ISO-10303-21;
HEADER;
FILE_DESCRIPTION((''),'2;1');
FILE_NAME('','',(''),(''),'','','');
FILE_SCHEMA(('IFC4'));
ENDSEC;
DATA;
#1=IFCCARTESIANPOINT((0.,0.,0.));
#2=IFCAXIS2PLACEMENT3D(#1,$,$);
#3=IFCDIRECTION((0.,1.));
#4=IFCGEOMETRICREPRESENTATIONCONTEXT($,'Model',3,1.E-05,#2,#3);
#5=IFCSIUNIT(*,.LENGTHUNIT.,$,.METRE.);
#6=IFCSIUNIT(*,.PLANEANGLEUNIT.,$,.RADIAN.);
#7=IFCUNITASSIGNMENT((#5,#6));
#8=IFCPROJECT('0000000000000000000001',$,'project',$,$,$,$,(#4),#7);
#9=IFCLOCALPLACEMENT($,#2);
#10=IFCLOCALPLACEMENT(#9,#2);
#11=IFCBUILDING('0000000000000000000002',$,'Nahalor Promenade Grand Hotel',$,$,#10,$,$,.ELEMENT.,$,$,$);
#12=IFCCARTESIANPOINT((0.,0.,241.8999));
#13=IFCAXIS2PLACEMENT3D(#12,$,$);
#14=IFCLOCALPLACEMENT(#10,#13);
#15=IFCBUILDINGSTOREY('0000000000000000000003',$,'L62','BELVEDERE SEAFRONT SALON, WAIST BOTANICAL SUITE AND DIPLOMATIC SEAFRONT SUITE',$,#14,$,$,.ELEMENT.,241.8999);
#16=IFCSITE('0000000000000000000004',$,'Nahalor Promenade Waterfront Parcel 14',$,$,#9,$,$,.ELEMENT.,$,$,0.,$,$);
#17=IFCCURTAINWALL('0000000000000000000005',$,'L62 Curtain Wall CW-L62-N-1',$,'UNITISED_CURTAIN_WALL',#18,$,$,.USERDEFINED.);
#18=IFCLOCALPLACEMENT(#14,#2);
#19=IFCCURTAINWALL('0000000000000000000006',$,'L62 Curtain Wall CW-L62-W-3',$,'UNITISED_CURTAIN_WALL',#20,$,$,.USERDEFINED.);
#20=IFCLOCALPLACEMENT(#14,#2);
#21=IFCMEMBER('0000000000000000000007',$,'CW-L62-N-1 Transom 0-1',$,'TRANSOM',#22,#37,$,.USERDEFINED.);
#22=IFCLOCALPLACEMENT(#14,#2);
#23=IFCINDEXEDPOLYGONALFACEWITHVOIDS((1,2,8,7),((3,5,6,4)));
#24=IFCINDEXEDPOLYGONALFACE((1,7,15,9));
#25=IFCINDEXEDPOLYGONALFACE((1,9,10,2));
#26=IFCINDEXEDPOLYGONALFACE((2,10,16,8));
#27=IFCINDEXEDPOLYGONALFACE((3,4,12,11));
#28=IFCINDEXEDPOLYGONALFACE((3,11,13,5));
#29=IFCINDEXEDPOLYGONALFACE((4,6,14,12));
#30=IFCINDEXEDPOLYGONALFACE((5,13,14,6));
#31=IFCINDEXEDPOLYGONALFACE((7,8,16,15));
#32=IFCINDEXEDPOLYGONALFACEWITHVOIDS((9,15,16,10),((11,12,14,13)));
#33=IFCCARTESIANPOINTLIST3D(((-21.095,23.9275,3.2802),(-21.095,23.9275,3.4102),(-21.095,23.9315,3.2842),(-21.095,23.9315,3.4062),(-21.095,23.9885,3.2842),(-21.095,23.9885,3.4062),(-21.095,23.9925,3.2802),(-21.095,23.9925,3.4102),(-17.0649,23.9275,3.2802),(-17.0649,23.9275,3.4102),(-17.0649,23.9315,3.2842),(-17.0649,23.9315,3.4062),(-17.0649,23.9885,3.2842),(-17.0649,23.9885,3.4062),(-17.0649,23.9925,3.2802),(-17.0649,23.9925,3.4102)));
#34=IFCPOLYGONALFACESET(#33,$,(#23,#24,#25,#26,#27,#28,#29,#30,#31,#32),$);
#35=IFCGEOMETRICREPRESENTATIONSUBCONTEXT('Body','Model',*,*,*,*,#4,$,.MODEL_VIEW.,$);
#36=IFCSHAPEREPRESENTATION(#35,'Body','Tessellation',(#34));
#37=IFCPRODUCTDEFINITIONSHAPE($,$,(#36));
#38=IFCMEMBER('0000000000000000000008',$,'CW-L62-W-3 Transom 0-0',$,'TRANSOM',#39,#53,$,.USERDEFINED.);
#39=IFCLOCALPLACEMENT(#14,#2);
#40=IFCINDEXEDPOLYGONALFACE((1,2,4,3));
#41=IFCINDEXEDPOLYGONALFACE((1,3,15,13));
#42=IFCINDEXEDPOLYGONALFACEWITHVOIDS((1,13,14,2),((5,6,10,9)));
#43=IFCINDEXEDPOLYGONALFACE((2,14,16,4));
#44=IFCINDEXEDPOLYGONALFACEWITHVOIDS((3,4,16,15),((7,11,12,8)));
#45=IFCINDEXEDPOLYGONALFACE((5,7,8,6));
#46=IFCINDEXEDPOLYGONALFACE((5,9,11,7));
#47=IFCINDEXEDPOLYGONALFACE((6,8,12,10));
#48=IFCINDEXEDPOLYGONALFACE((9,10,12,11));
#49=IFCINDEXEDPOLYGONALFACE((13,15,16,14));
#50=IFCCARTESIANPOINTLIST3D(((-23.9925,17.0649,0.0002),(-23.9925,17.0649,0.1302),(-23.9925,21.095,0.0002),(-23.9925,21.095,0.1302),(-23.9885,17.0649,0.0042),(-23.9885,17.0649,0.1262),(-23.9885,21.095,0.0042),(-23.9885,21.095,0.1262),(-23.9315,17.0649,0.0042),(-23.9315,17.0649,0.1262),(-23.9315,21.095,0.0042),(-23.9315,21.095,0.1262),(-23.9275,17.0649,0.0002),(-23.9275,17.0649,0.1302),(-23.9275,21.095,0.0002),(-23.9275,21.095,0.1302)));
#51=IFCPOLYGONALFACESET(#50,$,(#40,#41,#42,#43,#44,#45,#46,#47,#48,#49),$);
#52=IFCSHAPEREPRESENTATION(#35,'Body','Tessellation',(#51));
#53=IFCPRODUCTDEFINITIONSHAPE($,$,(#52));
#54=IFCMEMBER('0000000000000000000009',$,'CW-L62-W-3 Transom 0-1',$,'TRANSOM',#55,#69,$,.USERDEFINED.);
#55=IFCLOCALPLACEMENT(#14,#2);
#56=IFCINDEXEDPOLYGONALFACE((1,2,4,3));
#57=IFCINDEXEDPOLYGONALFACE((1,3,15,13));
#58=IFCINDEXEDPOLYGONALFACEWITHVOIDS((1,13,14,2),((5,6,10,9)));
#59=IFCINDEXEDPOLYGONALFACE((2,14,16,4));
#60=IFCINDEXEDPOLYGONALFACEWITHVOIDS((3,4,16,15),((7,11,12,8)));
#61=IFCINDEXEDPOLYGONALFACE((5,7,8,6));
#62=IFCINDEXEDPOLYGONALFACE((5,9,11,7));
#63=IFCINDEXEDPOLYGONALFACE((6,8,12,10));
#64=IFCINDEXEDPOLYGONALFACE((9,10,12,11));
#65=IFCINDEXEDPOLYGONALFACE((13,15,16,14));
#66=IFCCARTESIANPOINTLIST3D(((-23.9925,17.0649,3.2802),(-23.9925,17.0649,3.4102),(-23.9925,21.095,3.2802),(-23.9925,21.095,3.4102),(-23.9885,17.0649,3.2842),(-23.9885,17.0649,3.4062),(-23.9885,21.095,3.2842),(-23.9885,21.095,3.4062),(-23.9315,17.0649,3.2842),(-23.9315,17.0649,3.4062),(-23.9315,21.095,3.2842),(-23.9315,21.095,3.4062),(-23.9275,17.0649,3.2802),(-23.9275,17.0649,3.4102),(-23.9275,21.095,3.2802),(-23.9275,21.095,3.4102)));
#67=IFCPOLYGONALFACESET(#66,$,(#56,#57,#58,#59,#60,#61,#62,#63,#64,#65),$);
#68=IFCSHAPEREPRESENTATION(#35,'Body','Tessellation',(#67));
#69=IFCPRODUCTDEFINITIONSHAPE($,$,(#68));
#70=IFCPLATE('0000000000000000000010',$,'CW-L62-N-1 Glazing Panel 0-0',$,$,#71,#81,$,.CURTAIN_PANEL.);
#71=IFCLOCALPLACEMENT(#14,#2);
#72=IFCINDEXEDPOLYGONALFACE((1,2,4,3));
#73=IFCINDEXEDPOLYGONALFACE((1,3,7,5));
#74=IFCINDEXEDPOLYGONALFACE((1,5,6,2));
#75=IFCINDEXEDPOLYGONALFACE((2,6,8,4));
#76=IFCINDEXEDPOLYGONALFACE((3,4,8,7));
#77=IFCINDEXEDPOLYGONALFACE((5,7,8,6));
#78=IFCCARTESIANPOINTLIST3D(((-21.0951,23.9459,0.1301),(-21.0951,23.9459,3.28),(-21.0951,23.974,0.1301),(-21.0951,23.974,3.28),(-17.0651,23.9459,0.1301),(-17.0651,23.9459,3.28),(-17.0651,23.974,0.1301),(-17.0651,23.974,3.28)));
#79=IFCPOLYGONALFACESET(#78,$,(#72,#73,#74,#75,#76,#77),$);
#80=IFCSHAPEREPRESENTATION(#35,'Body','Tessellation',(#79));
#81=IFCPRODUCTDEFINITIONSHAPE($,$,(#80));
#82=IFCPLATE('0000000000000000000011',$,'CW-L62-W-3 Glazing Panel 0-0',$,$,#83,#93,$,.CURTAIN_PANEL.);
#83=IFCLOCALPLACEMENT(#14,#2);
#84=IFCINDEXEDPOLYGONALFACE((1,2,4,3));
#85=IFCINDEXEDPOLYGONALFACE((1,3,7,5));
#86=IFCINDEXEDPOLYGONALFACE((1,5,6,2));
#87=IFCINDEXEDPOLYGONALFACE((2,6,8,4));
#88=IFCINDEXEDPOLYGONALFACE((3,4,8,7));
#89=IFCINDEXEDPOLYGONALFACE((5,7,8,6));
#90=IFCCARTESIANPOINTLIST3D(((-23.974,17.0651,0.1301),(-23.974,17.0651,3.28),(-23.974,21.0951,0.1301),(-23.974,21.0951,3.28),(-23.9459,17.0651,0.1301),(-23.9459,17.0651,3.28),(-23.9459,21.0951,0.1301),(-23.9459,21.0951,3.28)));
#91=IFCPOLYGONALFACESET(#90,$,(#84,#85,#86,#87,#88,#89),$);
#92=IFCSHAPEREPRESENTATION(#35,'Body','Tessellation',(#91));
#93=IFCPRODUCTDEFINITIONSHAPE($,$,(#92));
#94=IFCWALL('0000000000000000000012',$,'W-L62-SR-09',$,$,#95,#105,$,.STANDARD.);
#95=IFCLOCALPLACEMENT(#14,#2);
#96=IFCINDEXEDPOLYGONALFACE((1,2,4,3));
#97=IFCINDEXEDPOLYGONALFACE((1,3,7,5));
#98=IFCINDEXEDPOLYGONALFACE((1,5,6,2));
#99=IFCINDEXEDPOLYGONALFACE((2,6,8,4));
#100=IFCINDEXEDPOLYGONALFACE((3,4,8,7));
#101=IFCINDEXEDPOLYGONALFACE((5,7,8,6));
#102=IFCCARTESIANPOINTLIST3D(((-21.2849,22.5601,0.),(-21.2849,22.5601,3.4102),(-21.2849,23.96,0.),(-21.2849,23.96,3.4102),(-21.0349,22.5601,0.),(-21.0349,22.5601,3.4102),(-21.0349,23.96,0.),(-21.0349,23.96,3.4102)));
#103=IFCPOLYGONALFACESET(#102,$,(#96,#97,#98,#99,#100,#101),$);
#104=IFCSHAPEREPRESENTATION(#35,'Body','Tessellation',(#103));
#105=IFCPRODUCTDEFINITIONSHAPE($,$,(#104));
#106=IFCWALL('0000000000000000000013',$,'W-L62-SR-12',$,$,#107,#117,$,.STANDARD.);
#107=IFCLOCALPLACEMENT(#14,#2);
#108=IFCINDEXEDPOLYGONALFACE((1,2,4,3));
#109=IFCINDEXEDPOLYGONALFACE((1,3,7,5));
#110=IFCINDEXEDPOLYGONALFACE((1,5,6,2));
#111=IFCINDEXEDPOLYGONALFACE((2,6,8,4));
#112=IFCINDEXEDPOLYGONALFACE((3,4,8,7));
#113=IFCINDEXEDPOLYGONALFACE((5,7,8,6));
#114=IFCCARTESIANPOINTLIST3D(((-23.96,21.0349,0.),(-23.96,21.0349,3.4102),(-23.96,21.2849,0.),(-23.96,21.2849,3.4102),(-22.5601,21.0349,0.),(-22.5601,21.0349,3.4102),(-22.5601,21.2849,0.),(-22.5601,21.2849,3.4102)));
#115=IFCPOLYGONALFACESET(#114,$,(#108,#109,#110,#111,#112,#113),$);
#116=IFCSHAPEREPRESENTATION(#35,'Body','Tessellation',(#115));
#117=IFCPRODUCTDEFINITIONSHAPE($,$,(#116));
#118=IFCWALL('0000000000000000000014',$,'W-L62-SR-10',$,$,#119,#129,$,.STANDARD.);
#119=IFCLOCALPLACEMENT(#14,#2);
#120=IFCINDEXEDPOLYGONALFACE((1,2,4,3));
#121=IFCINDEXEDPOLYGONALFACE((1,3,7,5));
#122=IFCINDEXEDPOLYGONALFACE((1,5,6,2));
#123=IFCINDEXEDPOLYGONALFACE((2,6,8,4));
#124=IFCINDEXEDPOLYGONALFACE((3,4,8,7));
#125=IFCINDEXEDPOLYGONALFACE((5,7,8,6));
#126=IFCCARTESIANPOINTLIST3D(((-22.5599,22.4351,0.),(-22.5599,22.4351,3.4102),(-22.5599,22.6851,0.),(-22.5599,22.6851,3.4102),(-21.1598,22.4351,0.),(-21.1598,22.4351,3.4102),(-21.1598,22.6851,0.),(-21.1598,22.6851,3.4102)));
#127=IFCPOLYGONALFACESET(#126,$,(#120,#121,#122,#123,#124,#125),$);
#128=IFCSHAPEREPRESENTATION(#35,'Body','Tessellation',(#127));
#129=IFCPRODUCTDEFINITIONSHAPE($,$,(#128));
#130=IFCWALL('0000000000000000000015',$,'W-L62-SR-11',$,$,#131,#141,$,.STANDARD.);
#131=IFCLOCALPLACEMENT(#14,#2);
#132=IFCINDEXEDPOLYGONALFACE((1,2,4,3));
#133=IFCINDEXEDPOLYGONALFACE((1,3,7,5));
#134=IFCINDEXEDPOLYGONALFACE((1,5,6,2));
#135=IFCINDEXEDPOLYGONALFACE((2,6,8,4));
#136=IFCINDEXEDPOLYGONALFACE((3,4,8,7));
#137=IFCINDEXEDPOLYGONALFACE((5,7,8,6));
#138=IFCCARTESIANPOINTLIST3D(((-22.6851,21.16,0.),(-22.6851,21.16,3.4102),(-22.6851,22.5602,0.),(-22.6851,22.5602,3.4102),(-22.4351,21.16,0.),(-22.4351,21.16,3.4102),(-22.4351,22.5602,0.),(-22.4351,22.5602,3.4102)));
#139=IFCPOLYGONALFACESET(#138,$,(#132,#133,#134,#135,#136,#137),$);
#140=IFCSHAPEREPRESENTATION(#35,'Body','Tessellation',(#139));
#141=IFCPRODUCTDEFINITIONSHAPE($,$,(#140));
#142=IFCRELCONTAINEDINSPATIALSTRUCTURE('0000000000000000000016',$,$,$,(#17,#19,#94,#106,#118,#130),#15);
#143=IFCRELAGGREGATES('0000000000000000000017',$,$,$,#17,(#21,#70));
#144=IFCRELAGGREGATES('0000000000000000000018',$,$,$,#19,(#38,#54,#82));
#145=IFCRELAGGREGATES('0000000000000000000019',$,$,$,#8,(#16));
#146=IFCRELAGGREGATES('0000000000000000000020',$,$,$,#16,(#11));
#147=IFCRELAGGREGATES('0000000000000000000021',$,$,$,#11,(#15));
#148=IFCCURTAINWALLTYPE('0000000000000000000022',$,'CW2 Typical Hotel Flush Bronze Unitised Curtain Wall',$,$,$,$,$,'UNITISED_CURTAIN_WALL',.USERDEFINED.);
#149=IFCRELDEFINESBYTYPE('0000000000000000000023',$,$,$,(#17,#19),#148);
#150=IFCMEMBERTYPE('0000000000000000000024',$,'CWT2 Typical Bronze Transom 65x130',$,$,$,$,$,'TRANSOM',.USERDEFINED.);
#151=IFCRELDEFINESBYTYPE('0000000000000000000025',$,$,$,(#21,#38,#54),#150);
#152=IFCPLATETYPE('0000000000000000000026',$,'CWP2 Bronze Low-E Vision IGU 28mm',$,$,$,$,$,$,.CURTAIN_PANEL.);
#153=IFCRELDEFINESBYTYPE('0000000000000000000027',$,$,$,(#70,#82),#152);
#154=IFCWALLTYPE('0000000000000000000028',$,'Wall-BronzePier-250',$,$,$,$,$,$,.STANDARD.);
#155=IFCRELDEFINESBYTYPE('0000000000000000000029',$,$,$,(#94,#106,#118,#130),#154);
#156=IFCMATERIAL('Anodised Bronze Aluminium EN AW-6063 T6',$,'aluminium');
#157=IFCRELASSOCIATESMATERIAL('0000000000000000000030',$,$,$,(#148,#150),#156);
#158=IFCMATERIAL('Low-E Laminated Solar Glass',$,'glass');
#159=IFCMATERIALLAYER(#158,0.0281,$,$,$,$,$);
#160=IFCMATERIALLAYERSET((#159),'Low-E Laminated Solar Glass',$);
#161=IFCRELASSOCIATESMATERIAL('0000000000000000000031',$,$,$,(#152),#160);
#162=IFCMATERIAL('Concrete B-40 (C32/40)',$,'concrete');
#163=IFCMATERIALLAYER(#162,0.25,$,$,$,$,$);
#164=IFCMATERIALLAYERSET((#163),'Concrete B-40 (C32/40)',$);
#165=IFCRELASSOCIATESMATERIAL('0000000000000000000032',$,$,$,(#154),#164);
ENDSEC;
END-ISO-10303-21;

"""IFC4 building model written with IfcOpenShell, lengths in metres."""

from ifc_helpers import new_model, si_unit, direction, frame, frame_2d, origin, origin_2d, place, context, subcontext, project, spatial, rectangle, hollow_rectangle, extrude, source, transform, mapped, material, layer, layer_set, material_profile, profile_set, type_object, element, aggregate, save


model = new_model("IFC4")

# Units and contexts
model_context = context("Model", 3, precision=1e-05, world=origin(), true_north=direction((0.0, 1.0)))
body_context = subcontext(model_context, "Body", "Model", "MODEL_VIEW")
ifc_project = project(units=[si_unit("LENGTHUNIT", "METRE"), si_unit("PLANEANGLEUNIT", "RADIAN")], contexts=[model_context])

# Site, building, storey
site_placement = place(None, origin())
site = spatial("IfcSite", under=ifc_project, at=site_placement, Name="Nahalor Promenade Waterfront Parcel 14", CompositionType="ELEMENT", RefElevation=0.0)
building_placement = place(site_placement, origin())
building = spatial("IfcBuilding", under=site, at=building_placement, Name="Nahalor Promenade Grand Hotel", CompositionType="ELEMENT")
storey_placement = place(building_placement, frame((0.0, 0.0, 241.8999)))
storey = spatial("IfcBuildingStorey", under=building, at=storey_placement, Name="L62", Description="BELVEDERE SEAFRONT SALON, WAIST BOTANICAL SUITE AND DIPLOMATIC SEAFRONT SUITE", CompositionType="ELEMENT", Elevation=241.8999)

# Curtain walls
ifc_material_1 = material(Name="Anodised Bronze Aluminium EN AW-6063 T6", Category="aluminium")
curtain_wall_type = type_object("IfcCurtainWallType", Name="CW2 Typical Hotel Flush Bronze Unitised Curtain Wall", ElementType="UNITISED_CURTAIN_WALL", PredefinedType="USERDEFINED", material=ifc_material_1)
curtain_wall_1_placement = place(storey_placement, origin())
curtain_wall_1 = element("IfcCurtainWall", 1, at=curtain_wall_1_placement, inside=storey, type_object=curtain_wall_type, Name="L62 Curtain Wall CW-L62-N-1", ObjectType="UNITISED_CURTAIN_WALL", PredefinedType="USERDEFINED")
curtain_wall_2_placement = place(storey_placement, origin())
curtain_wall_2 = element("IfcCurtainWall", 2, at=curtain_wall_2_placement, inside=storey, type_object=curtain_wall_type, Name="L62 Curtain Wall CW-L62-W-3", ObjectType="UNITISED_CURTAIN_WALL", PredefinedType="USERDEFINED")

# Members
ifc_material_profile_1 = material_profile(ifc_material_1, hollow_rectangle(XDim=0.065, YDim=0.13, WallThickness=0.004, at=origin_2d()), Name="CWT 65x130x4")
ifc_profile_set_1 = profile_set([ifc_material_profile_1], Name="Anodised Bronze Aluminium EN AW-6063 T6")
member_type_1 = type_object("IfcMemberType", Name="CWT2 Typical Bronze Transom 65x130", ElementType="TRANSOM", PredefinedType="USERDEFINED", material=ifc_profile_set_1)
shared_shape_1 = source(origin(), body_context, "Body", "SweptSolid", [
    extrude(hollow_rectangle(XDim=0.065, YDim=0.13, WallThickness=0.004, at=origin_2d()), origin(), (0.0, 0.0, 1.0), 4.03),
])
member_1_placement = place(storey_placement, frame((-21.095, 23.96, 3.3452), z_axis=(1.0, 0.0, 0.0), x_axis=(0.0, 1.0, 0.0)))
member_1 = element("IfcMember", 3, at=member_1_placement, type_object=member_type_1, Name="CW-L62-N-1 Transom 0-1", ObjectType="TRANSOM", PredefinedType="USERDEFINED", context=body_context, shape_type="MappedRepresentation", body=[
    mapped(shared_shape_1, transform((0.0, 0.0, 0.0), scale=1.0)),
])
member_2_placement = place(storey_placement, frame((-23.96, 17.0649, 0.0652), z_axis=(0.0, 1.0, 0.0), x_axis=(-1.0, 0.0, 0.0)))
member_2 = element("IfcMember", 4, at=member_2_placement, type_object=member_type_1, Name="CW-L62-W-3 Transom 0-0", ObjectType="TRANSOM", PredefinedType="USERDEFINED", context=body_context, shape_type="MappedRepresentation", body=[
    mapped(shared_shape_1, transform((0.0, 0.0, 0.0), scale=1.0)),
])
member_3_placement = place(storey_placement, frame((-23.96, 17.0649, 3.3452), z_axis=(0.0, 1.0, 0.0), x_axis=(-1.0, 0.0, 0.0)))
member_3 = element("IfcMember", 5, at=member_3_placement, type_object=member_type_1, Name="CW-L62-W-3 Transom 0-1", ObjectType="TRANSOM", PredefinedType="USERDEFINED", context=body_context, shape_type="MappedRepresentation", body=[
    mapped(shared_shape_1, transform((0.0, 0.0, 0.0), scale=1.0)),
])

# Plates
ifc_material_2 = material(Name="Low-E Laminated Solar Glass", Category="glass")
ifc_layer_1 = layer(ifc_material_2, 0.0281)
ifc_layer_set_1 = layer_set([ifc_layer_1], Name="Low-E Laminated Solar Glass")
plate_type = type_object("IfcPlateType", Name="CWP2 Bronze Low-E Vision IGU 28mm", PredefinedType="CURTAIN_PANEL", material=ifc_layer_set_1)
shared_shape_2 = source(origin(), body_context, "Body", "SweptSolid", [
    extrude(rectangle(XDim=4.03, YDim=0.0281, at=origin_2d()), origin(), (0.0, 0.0, 1.0), 3.1499),
])
plate_1_placement = place(storey_placement, frame((-19.0801, 23.96, 0.1301), z_axis=(0.0, 0.0, 1.0), x_axis=(1.0, 0.0, 0.0)))
plate_1 = element("IfcPlate", 6, at=plate_1_placement, type_object=plate_type, Name="CW-L62-N-1 Glazing Panel 0-0", PredefinedType="CURTAIN_PANEL", context=body_context, shape_type="MappedRepresentation", body=[
    mapped(shared_shape_2, transform((0.0, 0.0, 0.0), scale=1.0)),
])
aggregate(curtain_wall_1, [member_1, plate_1])
plate_2_placement = place(storey_placement, frame((-23.96, 19.0801, 0.1301), z_axis=(0.0, 0.0, 1.0), x_axis=(0.0, 1.0, 0.0)))
plate_2 = element("IfcPlate", 7, at=plate_2_placement, type_object=plate_type, Name="CW-L62-W-3 Glazing Panel 0-0", PredefinedType="CURTAIN_PANEL", context=body_context, shape_type="MappedRepresentation", body=[
    mapped(shared_shape_2, transform((0.0, 0.0, 0.0), scale=1.0)),
])
aggregate(curtain_wall_2, [member_2, member_3, plate_2])

# Walls
ifc_material_3 = material(Name="Concrete B-40 (C32/40)", Category="concrete")
ifc_layer_2 = layer(ifc_material_3, 0.25)
ifc_layer_set_2 = layer_set([ifc_layer_2], Name="Concrete B-40 (C32/40)")
wall_type_1 = type_object("IfcWallType", Name="Wall-BronzePier-250", PredefinedType="STANDARD", material=ifc_layer_set_2)
shared_shape_3 = source(origin(), body_context, "Body", "SweptSolid", [
    extrude(rectangle(XDim=1.3999, YDim=0.25, at=frame_2d((0.7, 0.0))), origin(), (0.0, 0.0, 1.0), 3.4102),
])
for number, where, z_axis, x_axis, name in (
    (8, (-21.1599, 22.5601, 0.0), (0.0, 0.0, 1.0), (0.0, 1.0, 0.0), "W-L62-SR-09"),
    (9, (-23.96, 21.1599, 0.0), (0.0, 0.0, 1.0), (1.0, 0.0, 0.0), "W-L62-SR-12"),
):
    element("IfcWall", number, at=place(storey_placement, frame(where, z_axis=z_axis, x_axis=x_axis)), inside=storey, type_object=wall_type_1, Name=name, PredefinedType="STANDARD", context=body_context, shape_type="MappedRepresentation", body=[
        mapped(shared_shape_3, transform((0.0, 0.0, 0.0), scale=1.0)),
    ])
shared_shape_4 = source(origin(), body_context, "Body", "SweptSolid", [
    extrude(rectangle(XDim=1.4001, YDim=0.25, at=frame_2d((0.7002, 0.0))), origin(), (0.0, 0.0, 1.0), 3.4102),
])
for number, where, z_axis, x_axis, name in (
    (10, (-22.5601, 22.5601, 0.0), (0.0, 0.0, 1.0), (1.0, 0.0, 0.0), "W-L62-SR-10"),
    (11, (-22.5601, 21.1599, 0.0), (0.0, 0.0, 1.0), (0.0, 1.0, 0.0), "W-L62-SR-11"),
):
    element("IfcWall", number, at=place(storey_placement, frame(where, z_axis=z_axis, x_axis=x_axis)), inside=storey, type_object=wall_type_1, Name=name, PredefinedType="STANDARD", context=body_context, shape_type="MappedRepresentation", body=[
        mapped(shared_shape_4, transform((0.0, 0.0, 0.0), scale=1.0)),
    ])

save(model, "model.ifc")
